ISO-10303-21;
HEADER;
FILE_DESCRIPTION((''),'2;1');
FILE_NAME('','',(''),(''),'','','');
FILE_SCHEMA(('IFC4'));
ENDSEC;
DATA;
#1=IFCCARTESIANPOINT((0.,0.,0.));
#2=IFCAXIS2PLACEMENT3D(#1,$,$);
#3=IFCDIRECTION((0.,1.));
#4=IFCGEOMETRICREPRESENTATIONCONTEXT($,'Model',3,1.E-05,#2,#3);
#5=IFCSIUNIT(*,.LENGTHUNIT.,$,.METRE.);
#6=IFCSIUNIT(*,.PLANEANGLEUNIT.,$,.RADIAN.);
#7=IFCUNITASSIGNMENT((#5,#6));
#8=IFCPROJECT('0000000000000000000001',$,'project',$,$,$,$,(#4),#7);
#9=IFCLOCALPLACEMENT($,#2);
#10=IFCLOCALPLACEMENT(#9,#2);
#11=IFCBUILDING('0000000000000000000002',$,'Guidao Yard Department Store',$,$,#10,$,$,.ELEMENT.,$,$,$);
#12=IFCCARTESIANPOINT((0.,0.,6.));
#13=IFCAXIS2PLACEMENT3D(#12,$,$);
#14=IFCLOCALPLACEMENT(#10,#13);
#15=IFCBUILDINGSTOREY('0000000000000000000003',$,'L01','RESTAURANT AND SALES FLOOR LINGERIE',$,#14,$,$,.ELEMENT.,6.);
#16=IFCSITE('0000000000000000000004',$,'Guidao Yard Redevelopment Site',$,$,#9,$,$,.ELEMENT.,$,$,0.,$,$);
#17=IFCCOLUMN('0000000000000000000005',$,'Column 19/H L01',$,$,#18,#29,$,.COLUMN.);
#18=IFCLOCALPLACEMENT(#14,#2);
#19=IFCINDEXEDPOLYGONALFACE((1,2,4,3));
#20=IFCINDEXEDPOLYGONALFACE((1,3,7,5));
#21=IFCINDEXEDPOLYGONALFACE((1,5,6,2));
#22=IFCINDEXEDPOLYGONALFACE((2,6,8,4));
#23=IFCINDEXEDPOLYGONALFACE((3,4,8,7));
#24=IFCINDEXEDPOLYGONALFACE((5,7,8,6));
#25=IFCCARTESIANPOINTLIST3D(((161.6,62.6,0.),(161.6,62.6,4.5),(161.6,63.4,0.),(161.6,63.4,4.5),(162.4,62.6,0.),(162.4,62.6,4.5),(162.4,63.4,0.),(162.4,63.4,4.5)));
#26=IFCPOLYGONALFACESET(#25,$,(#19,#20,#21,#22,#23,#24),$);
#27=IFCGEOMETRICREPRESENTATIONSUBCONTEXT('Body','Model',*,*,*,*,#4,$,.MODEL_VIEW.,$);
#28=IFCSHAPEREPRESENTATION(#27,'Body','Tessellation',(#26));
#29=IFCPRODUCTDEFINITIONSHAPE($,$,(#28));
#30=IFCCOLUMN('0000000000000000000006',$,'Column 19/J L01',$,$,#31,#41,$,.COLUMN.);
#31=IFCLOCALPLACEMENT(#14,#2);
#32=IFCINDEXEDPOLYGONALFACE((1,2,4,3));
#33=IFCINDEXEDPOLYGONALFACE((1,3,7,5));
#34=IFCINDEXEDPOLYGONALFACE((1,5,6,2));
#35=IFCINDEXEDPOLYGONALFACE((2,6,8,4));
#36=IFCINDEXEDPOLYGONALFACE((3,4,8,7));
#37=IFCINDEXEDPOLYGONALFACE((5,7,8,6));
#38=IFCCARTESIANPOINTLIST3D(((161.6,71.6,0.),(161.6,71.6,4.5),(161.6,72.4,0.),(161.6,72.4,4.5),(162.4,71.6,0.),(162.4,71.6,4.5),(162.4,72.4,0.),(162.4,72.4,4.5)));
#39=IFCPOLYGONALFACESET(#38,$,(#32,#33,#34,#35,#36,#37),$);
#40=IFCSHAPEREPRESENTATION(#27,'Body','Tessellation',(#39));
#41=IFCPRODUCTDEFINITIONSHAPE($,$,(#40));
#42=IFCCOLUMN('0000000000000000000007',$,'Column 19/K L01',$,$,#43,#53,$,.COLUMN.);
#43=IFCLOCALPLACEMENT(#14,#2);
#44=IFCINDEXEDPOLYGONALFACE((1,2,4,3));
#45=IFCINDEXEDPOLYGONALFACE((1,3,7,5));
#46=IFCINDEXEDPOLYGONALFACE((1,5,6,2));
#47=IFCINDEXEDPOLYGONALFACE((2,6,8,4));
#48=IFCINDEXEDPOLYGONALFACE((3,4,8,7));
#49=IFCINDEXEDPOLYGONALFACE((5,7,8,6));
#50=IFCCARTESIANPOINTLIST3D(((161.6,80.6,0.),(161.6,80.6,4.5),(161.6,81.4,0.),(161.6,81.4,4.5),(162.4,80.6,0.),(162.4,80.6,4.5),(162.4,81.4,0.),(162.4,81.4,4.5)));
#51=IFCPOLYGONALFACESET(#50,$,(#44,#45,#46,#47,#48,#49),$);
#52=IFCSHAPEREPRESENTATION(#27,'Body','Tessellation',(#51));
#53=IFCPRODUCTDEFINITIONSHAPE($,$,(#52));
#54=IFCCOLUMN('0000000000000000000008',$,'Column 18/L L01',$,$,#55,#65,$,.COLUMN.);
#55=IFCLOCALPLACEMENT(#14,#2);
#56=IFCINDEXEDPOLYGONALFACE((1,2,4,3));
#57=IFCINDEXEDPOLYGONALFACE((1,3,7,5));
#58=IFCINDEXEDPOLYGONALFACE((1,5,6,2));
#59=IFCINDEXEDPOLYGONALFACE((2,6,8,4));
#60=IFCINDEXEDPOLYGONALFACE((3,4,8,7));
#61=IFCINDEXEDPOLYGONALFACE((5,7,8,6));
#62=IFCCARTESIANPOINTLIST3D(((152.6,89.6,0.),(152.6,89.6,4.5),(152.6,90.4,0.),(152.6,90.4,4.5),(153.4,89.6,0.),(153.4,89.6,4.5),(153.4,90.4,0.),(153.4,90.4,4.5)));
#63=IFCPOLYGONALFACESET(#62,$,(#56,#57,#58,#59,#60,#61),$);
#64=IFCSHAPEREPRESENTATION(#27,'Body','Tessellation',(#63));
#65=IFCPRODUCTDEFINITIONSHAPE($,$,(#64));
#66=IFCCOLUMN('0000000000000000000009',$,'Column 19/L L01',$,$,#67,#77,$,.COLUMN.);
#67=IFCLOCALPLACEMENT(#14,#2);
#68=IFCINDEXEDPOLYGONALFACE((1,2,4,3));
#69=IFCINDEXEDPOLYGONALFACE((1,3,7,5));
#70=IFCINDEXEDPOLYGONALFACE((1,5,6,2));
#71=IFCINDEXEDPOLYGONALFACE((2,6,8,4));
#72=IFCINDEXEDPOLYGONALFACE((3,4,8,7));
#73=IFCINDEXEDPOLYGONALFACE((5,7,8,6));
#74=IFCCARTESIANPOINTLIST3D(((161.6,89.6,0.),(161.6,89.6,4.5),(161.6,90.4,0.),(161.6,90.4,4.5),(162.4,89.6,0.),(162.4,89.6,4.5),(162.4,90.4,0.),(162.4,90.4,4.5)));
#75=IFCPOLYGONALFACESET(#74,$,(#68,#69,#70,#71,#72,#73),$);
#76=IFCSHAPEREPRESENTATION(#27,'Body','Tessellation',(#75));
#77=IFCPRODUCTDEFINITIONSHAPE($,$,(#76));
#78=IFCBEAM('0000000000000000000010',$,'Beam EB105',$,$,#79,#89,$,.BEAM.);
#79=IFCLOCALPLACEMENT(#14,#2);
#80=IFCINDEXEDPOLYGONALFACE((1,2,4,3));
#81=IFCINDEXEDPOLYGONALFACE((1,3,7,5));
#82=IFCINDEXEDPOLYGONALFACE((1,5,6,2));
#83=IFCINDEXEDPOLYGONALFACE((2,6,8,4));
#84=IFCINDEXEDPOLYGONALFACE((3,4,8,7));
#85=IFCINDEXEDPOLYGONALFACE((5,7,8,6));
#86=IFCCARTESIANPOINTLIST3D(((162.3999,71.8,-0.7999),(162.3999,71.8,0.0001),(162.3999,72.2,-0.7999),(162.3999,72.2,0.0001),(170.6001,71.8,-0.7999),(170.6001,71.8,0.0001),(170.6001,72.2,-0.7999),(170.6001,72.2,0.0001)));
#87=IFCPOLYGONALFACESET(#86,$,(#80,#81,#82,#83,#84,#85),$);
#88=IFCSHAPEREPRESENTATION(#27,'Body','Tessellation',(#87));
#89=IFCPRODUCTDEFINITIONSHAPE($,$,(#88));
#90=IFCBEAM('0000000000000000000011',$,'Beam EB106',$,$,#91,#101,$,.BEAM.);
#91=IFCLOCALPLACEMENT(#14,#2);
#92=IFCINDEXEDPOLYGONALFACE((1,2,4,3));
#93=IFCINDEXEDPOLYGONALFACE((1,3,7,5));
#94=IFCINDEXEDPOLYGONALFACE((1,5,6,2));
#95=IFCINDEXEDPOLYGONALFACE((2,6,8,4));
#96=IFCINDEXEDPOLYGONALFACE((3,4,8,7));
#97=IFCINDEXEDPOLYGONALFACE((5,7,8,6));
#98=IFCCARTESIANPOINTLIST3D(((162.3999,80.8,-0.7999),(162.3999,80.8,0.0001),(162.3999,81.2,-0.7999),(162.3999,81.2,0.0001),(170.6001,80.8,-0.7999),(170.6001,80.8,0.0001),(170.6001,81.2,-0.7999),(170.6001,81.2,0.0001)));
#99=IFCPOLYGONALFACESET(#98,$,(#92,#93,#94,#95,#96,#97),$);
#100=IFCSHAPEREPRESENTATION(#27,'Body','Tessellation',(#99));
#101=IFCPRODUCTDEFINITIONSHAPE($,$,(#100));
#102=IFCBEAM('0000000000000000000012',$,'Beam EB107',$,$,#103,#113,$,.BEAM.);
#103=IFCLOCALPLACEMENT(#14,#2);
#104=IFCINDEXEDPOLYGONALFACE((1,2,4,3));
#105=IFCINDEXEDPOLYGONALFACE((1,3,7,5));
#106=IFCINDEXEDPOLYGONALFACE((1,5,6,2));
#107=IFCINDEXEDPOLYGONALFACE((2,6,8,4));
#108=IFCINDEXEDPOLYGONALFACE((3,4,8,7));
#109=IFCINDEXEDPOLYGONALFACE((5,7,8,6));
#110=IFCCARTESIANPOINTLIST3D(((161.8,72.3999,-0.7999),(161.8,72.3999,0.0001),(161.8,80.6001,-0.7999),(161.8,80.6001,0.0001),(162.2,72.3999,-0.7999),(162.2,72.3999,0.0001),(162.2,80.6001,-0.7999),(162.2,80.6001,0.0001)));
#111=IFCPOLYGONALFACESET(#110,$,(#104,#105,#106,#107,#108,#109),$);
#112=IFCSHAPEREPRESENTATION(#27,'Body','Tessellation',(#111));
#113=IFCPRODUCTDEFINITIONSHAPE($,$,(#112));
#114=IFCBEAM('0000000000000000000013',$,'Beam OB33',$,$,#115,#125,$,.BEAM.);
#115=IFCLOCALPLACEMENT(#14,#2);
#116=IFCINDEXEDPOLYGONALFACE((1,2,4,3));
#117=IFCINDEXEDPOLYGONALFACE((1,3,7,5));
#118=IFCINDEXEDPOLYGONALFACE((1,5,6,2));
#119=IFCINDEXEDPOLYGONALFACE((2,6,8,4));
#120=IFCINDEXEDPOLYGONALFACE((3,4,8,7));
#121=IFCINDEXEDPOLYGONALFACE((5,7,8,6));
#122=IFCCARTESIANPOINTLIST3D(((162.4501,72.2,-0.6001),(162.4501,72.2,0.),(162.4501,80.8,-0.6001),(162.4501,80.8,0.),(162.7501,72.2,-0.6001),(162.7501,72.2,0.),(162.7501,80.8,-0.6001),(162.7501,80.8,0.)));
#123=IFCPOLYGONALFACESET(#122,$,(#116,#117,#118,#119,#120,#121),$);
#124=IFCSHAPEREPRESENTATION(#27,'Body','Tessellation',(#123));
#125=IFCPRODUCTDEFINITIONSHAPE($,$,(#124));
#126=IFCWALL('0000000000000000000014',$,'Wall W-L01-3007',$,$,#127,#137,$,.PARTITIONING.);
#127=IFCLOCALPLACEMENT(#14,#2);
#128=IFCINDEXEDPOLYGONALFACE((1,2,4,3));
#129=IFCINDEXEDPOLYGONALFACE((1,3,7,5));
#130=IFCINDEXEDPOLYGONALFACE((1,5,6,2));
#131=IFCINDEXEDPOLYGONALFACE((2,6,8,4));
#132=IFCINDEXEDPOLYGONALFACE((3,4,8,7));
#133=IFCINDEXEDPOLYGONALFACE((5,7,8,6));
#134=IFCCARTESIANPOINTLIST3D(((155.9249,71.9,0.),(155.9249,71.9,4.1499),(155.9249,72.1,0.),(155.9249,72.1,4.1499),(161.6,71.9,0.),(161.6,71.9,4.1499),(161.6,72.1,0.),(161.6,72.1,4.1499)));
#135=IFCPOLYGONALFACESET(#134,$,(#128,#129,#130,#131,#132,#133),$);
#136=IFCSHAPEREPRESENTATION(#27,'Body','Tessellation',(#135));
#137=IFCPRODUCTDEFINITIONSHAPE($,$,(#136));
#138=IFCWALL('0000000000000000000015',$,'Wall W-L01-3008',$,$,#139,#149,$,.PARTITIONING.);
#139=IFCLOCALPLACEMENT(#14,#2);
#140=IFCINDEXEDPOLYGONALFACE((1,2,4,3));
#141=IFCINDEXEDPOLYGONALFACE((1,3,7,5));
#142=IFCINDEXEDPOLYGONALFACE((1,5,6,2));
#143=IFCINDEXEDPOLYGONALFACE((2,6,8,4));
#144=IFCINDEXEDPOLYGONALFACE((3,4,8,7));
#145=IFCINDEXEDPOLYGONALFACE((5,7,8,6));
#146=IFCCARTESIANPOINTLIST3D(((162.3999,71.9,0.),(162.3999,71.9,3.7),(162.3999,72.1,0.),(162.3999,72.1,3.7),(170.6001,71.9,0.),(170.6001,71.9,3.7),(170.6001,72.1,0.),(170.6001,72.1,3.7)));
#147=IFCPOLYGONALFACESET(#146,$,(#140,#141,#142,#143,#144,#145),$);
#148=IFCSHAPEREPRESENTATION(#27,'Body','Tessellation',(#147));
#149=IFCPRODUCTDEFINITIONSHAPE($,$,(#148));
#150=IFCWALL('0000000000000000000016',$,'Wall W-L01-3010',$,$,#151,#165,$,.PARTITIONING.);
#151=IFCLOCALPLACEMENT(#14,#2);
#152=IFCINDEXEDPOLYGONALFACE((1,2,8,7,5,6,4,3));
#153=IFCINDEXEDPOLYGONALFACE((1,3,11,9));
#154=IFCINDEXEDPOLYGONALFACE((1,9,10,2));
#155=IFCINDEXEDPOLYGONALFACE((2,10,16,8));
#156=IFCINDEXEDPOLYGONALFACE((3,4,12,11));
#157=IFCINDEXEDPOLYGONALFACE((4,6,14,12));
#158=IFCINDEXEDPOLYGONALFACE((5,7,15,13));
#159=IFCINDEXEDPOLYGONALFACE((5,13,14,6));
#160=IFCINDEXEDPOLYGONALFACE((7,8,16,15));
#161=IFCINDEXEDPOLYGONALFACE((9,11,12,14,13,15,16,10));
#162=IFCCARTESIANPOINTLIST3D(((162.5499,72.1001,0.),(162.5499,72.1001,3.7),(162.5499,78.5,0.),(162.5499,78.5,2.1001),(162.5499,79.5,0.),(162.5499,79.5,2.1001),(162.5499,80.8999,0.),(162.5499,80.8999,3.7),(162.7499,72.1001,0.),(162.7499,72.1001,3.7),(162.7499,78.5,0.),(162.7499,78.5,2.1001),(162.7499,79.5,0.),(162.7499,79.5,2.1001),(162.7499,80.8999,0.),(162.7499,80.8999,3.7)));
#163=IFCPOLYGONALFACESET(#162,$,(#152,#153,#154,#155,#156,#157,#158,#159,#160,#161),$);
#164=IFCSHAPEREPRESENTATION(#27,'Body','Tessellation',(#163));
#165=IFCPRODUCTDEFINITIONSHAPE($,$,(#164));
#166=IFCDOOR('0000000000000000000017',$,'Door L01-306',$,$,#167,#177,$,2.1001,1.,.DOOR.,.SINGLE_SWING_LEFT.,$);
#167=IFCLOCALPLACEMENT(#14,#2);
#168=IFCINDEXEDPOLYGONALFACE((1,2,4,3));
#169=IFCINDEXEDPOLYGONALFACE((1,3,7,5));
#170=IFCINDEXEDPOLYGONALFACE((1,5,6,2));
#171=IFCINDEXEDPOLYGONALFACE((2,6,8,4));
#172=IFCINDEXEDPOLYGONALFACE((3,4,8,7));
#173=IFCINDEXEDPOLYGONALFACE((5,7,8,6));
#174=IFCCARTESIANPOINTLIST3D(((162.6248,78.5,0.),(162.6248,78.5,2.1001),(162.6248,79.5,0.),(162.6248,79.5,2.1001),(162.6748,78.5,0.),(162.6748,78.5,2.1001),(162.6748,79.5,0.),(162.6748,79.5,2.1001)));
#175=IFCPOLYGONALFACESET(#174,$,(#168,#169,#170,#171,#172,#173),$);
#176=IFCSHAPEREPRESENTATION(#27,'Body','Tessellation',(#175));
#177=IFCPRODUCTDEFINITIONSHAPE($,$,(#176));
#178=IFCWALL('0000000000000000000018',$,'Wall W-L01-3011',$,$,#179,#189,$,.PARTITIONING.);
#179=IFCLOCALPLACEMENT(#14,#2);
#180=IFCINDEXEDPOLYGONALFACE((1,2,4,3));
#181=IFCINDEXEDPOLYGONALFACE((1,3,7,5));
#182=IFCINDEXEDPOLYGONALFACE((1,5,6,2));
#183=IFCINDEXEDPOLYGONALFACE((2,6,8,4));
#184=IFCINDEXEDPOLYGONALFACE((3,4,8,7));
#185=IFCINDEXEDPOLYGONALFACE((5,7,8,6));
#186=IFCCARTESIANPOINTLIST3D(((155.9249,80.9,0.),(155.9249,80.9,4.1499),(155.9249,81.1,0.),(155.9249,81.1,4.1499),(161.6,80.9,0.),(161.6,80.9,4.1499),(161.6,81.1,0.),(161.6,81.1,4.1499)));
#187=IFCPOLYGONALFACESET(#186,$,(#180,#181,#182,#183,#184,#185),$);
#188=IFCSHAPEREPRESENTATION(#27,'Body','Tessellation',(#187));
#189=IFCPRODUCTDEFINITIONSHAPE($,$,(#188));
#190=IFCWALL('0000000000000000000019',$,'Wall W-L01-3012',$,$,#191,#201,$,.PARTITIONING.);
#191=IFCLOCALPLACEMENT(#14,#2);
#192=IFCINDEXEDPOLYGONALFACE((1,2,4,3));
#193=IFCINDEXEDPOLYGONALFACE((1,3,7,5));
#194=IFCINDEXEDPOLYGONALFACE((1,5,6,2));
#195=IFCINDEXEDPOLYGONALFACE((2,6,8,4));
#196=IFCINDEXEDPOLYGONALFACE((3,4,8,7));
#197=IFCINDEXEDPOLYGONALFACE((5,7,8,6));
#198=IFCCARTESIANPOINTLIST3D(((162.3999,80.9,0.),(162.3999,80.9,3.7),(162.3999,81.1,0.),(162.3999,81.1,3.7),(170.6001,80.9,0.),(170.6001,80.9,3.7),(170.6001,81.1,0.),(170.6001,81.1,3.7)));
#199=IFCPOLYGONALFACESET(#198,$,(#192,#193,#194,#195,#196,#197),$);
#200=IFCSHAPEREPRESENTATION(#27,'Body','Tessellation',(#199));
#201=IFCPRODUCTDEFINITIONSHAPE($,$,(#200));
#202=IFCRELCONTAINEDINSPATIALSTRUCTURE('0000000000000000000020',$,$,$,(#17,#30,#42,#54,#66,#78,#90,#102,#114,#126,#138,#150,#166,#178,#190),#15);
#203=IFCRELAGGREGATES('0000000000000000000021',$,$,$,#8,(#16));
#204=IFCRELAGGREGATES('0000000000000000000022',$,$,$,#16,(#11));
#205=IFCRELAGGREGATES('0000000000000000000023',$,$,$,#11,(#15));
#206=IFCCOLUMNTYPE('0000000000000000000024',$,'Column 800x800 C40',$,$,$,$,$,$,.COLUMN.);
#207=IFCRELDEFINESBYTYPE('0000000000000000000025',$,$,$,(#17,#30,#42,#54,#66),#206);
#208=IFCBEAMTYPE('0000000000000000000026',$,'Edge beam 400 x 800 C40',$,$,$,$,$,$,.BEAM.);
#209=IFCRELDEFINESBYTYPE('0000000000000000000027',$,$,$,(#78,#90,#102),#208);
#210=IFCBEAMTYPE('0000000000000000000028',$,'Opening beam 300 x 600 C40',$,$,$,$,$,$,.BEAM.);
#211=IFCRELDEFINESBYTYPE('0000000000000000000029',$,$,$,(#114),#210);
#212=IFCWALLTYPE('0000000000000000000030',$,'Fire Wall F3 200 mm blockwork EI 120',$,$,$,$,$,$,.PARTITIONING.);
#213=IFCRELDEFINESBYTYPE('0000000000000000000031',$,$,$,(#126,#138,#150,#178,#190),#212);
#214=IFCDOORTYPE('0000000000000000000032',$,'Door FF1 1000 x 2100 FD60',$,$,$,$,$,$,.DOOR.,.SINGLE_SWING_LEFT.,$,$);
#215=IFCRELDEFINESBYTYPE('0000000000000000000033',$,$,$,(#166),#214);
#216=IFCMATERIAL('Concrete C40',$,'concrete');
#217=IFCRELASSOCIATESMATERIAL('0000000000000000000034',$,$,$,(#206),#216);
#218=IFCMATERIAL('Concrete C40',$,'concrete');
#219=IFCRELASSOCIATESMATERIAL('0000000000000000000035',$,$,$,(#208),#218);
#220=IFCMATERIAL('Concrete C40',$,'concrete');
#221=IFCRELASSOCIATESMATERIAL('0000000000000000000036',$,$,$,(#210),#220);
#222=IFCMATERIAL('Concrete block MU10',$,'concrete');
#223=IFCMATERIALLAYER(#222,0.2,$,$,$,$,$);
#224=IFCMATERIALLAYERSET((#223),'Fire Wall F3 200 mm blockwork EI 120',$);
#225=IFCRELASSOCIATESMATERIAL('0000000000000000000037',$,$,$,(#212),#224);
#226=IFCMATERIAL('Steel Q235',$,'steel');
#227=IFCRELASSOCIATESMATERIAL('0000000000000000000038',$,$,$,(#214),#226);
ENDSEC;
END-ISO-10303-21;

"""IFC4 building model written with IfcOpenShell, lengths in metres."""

from ifc_helpers import new_model, si_unit, direction, frame, frame_2d, origin, origin_2d, place, context, subcontext, project, spatial, rectangle, extrude, material, layer, layer_set, material_profile, profile_set, type_object, element, fill, save


model = new_model("IFC4")

# Units and contexts
model_context = context("Model", 3, precision=1e-05, world=origin(), true_north=direction((0.0, 1.0)))
body_context = subcontext(model_context, "Body", "Model", "MODEL_VIEW")
ifc_project = project(units=[si_unit("LENGTHUNIT", "METRE"), si_unit("PLANEANGLEUNIT", "RADIAN")], contexts=[model_context])

# Site, building, storey
site_placement = place(None, origin())
site = spatial("IfcSite", under=ifc_project, at=site_placement, Name="Guidao Yard Redevelopment Site", CompositionType="ELEMENT", RefElevation=0.0)
building_placement = place(site_placement, origin())
building = spatial("IfcBuilding", under=site, at=building_placement, Name="Guidao Yard Department Store", CompositionType="ELEMENT")
storey_placement = place(building_placement, frame((0.0, 0.0, 6.0)))
storey = spatial("IfcBuildingStorey", under=building, at=storey_placement, Name="L01", Description="RESTAURANT AND SALES FLOOR LINGERIE", CompositionType="ELEMENT", Elevation=6.0)

# Columns
ifc_material_1 = material(Name="Concrete C40", Category="concrete")
ifc_material_profile_1 = material_profile(ifc_material_1, rectangle(XDim=0.8, YDim=0.8, at=origin_2d()), Name="COL 800x800")
ifc_profile_set_1 = profile_set([ifc_material_profile_1], Name="Concrete C40")
column_type = type_object("IfcColumnType", Name="Column 800x800 C40", PredefinedType="COLUMN", material=ifc_profile_set_1)
for number, where, z_axis, x_axis, name in (
    (1, (162.0, 63.0, 0.0), (0.0, 0.0, 1.0), (1.0, 0.0, 0.0), "Column 19/H L01"),
    (2, (162.0, 72.0, 0.0), (0.0, 0.0, 1.0), (1.0, 0.0, 0.0), "Column 19/J L01"),
    (3, (162.0, 81.0, 0.0), (0.0, 0.0, 1.0), (1.0, 0.0, 0.0), "Column 19/K L01"),
    (4, (153.0, 90.0, 0.0), (0.0, 0.0, 1.0), (1.0, 0.0, 0.0), "Column 18/L L01"),
    (5, (162.0, 90.0, 0.0), (0.0, 0.0, 1.0), (1.0, 0.0, 0.0), "Column 19/L L01"),
):
    element("IfcColumn", number, at=place(storey_placement, frame(where, z_axis=z_axis, x_axis=x_axis)), inside=storey, type_object=column_type, Name=name, PredefinedType="COLUMN", context=body_context, shape_type="SweptSolid", body=[
        extrude(rectangle(XDim=0.8, YDim=0.8, at=origin_2d()), origin(), (0.0, 0.0, 1.0), 4.5),
    ])

# Beams
ifc_material_2 = material(Name="Concrete C40", Category="concrete")
ifc_material_profile_2 = material_profile(ifc_material_2, rectangle(XDim=0.3999, YDim=0.8, at=origin_2d()), Name="Edge beam 400 x 800 C40")
ifc_profile_set_2 = profile_set([ifc_material_profile_2], Name="Concrete C40")
beam_type_1 = type_object("IfcBeamType", Name="Edge beam 400 x 800 C40", PredefinedType="BEAM", material=ifc_profile_set_2)
for number, where, z_axis, x_axis, name in (
    (6, (162.3999, 72.0, -0.3999), (1.0, 0.0, 0.0), (0.0, 1.0, 0.0), "Beam EB105"),
    (7, (162.3999, 81.0, -0.3999), (1.0, 0.0, 0.0), (0.0, 1.0, 0.0), "Beam EB106"),
    (8, (162.0, 72.3999, -0.3999), (0.0, 1.0, 0.0), (-1.0, 0.0, 0.0), "Beam EB107"),
):
    element("IfcBeam", number, at=place(storey_placement, frame(where, z_axis=z_axis, x_axis=x_axis)), inside=storey, type_object=beam_type_1, Name=name, PredefinedType="BEAM", context=body_context, shape_type="SweptSolid", body=[
        extrude(rectangle(XDim=0.3999, YDim=0.8, at=origin_2d()), origin(), (0.0, 0.0, 1.0), 8.2002),
    ])
ifc_material_3 = material(Name="Concrete C40", Category="concrete")
ifc_material_profile_3 = material_profile(ifc_material_3, rectangle(XDim=0.3, YDim=0.6001, at=origin_2d()), Name="Opening beam 300 x 600 C40")
ifc_profile_set_3 = profile_set([ifc_material_profile_3], Name="Concrete C40")
beam_type_2 = type_object("IfcBeamType", Name="Opening beam 300 x 600 C40", PredefinedType="BEAM", material=ifc_profile_set_3)
beam_placement = place(storey_placement, frame((162.6001, 72.2, -0.3), z_axis=(0.0, 1.0, 0.0), x_axis=(-1.0, 0.0, 0.0)))
element("IfcBeam", 9, at=beam_placement, inside=storey, type_object=beam_type_2, Name="Beam OB33", PredefinedType="BEAM", context=body_context, shape_type="SweptSolid", body=[
    extrude(rectangle(XDim=0.3, YDim=0.6001, at=origin_2d()), origin(), (0.0, 0.0, 1.0), 8.6001),
])

# Walls
ifc_material_4 = material(Name="Concrete block MU10", Category="concrete")
ifc_layer_1 = layer(ifc_material_4, 0.2)
ifc_layer_set_1 = layer_set([ifc_layer_1], Name="Fire Wall F3 200 mm blockwork EI 120")
wall_type_1 = type_object("IfcWallType", Name="Fire Wall F3 200 mm blockwork EI 120", PredefinedType="PARTITIONING", material=ifc_layer_set_1)
wall_1_placement = place(storey_placement, frame((155.925, 72.0, 0.0), z_axis=(0.0, 0.0, 1.0), x_axis=(1.0, 0.0, 0.0)))
element("IfcWall", 10, at=wall_1_placement, inside=storey, type_object=wall_type_1, Name="Wall W-L01-3007", PredefinedType="PARTITIONING", context=body_context, shape_type="SweptSolid", body=[
    extrude(rectangle(XDim=5.675, YDim=0.2, at=frame_2d((2.8374, 0.0))), origin(), (0.0, 0.0, 1.0), 4.1499),
])
wall_2_placement = place(storey_placement, frame((162.3999, 72.0, 0.0), z_axis=(0.0, 0.0, 1.0), x_axis=(1.0, 0.0, 0.0)))
element("IfcWall", 11, at=wall_2_placement, inside=storey, type_object=wall_type_1, Name="Wall W-L01-3008", PredefinedType="PARTITIONING", context=body_context, shape_type="SweptSolid", body=[
    extrude(rectangle(XDim=8.2002, YDim=0.2, at=frame_2d((4.1001, 0.0))), origin(), (0.0, 0.0, 1.0), 3.7),
])

# Wall, opening, door
wall_3_placement = place(storey_placement, frame((162.6499, 72.1001, 0.0), z_axis=(0.0, 0.0, 1.0), x_axis=(0.0, 1.0, 0.0)))
wall_3 = element("IfcWall", 12, at=wall_3_placement, inside=storey, type_object=wall_type_1, Name="Wall W-L01-3010", PredefinedType="PARTITIONING", context=body_context, shape_type="SweptSolid", body=[
    extrude(rectangle(XDim=8.7998, YDim=0.2, at=frame_2d((4.3999, 0.0))), origin(), (0.0, 0.0, 1.0), 3.7),
])
opening_1_placement = place(wall_3_placement, frame((7.3999, 0.0, 0.0), z_axis=(0.0, 0.0, 1.0), x_axis=(-1.0, 0.0, 0.0)))
opening_1 = element("IfcOpeningElement", 13, at=opening_1_placement, cuts=wall_3, PredefinedType="OPENING", context=body_context, shape_type="SweptSolid", body=[
    extrude(rectangle(XDim=1.0, YDim=2.1001, at=frame_2d((0.5, 1.05))), frame((0.0, 0.1099, 0.0), z_axis=(0.0, -1.0, 0.0), x_axis=(1.0, 0.0, 0.0)), (0.0, 0.0, 1.0), 0.22),
])
ifc_material_5 = material(Name="Steel Q235", Category="steel")
door_type_1 = type_object("IfcDoorType", Name="Door FF1 1000 x 2100 FD60", OperationType="SINGLE_SWING_LEFT", PredefinedType="DOOR", material=ifc_material_5)
door_1_placement = place(opening_1_placement, origin())
door_1 = element("IfcDoor", 14, at=door_1_placement, inside=storey, type_object=door_type_1, Name="Door L01-306", OperationType="SINGLE_SWING_LEFT", OverallHeight=2.1001, OverallWidth=1.0, PredefinedType="DOOR", context=body_context, shape_type="SweptSolid", body=[
    extrude(rectangle(XDim=1.0, YDim=2.1001, at=frame_2d((0.5, 1.05))), frame((0.0, 0.0249, 0.0), z_axis=(0.0, -1.0, 0.0), x_axis=(1.0, 0.0, 0.0)), (0.0, 0.0, 1.0), 0.05),
])
fill(opening_1, door_1)

# Walls
wall_4_placement = place(storey_placement, frame((155.925, 81.0, 0.0), z_axis=(0.0, 0.0, 1.0), x_axis=(1.0, 0.0, 0.0)))
element("IfcWall", 15, at=wall_4_placement, inside=storey, type_object=wall_type_1, Name="Wall W-L01-3011", PredefinedType="PARTITIONING", context=body_context, shape_type="SweptSolid", body=[
    extrude(rectangle(XDim=5.675, YDim=0.2, at=frame_2d((2.8374, 0.0))), origin(), (0.0, 0.0, 1.0), 4.1499),
])
wall_5_placement = place(storey_placement, frame((162.3999, 81.0, 0.0), z_axis=(0.0, 0.0, 1.0), x_axis=(1.0, 0.0, 0.0)))
element("IfcWall", 16, at=wall_5_placement, inside=storey, type_object=wall_type_1, Name="Wall W-L01-3012", PredefinedType="PARTITIONING", context=body_context, shape_type="SweptSolid", body=[
    extrude(rectangle(XDim=8.2002, YDim=0.2, at=frame_2d((4.1001, 0.0))), origin(), (0.0, 0.0, 1.0), 3.7),
])

save(model, "model.ifc")
